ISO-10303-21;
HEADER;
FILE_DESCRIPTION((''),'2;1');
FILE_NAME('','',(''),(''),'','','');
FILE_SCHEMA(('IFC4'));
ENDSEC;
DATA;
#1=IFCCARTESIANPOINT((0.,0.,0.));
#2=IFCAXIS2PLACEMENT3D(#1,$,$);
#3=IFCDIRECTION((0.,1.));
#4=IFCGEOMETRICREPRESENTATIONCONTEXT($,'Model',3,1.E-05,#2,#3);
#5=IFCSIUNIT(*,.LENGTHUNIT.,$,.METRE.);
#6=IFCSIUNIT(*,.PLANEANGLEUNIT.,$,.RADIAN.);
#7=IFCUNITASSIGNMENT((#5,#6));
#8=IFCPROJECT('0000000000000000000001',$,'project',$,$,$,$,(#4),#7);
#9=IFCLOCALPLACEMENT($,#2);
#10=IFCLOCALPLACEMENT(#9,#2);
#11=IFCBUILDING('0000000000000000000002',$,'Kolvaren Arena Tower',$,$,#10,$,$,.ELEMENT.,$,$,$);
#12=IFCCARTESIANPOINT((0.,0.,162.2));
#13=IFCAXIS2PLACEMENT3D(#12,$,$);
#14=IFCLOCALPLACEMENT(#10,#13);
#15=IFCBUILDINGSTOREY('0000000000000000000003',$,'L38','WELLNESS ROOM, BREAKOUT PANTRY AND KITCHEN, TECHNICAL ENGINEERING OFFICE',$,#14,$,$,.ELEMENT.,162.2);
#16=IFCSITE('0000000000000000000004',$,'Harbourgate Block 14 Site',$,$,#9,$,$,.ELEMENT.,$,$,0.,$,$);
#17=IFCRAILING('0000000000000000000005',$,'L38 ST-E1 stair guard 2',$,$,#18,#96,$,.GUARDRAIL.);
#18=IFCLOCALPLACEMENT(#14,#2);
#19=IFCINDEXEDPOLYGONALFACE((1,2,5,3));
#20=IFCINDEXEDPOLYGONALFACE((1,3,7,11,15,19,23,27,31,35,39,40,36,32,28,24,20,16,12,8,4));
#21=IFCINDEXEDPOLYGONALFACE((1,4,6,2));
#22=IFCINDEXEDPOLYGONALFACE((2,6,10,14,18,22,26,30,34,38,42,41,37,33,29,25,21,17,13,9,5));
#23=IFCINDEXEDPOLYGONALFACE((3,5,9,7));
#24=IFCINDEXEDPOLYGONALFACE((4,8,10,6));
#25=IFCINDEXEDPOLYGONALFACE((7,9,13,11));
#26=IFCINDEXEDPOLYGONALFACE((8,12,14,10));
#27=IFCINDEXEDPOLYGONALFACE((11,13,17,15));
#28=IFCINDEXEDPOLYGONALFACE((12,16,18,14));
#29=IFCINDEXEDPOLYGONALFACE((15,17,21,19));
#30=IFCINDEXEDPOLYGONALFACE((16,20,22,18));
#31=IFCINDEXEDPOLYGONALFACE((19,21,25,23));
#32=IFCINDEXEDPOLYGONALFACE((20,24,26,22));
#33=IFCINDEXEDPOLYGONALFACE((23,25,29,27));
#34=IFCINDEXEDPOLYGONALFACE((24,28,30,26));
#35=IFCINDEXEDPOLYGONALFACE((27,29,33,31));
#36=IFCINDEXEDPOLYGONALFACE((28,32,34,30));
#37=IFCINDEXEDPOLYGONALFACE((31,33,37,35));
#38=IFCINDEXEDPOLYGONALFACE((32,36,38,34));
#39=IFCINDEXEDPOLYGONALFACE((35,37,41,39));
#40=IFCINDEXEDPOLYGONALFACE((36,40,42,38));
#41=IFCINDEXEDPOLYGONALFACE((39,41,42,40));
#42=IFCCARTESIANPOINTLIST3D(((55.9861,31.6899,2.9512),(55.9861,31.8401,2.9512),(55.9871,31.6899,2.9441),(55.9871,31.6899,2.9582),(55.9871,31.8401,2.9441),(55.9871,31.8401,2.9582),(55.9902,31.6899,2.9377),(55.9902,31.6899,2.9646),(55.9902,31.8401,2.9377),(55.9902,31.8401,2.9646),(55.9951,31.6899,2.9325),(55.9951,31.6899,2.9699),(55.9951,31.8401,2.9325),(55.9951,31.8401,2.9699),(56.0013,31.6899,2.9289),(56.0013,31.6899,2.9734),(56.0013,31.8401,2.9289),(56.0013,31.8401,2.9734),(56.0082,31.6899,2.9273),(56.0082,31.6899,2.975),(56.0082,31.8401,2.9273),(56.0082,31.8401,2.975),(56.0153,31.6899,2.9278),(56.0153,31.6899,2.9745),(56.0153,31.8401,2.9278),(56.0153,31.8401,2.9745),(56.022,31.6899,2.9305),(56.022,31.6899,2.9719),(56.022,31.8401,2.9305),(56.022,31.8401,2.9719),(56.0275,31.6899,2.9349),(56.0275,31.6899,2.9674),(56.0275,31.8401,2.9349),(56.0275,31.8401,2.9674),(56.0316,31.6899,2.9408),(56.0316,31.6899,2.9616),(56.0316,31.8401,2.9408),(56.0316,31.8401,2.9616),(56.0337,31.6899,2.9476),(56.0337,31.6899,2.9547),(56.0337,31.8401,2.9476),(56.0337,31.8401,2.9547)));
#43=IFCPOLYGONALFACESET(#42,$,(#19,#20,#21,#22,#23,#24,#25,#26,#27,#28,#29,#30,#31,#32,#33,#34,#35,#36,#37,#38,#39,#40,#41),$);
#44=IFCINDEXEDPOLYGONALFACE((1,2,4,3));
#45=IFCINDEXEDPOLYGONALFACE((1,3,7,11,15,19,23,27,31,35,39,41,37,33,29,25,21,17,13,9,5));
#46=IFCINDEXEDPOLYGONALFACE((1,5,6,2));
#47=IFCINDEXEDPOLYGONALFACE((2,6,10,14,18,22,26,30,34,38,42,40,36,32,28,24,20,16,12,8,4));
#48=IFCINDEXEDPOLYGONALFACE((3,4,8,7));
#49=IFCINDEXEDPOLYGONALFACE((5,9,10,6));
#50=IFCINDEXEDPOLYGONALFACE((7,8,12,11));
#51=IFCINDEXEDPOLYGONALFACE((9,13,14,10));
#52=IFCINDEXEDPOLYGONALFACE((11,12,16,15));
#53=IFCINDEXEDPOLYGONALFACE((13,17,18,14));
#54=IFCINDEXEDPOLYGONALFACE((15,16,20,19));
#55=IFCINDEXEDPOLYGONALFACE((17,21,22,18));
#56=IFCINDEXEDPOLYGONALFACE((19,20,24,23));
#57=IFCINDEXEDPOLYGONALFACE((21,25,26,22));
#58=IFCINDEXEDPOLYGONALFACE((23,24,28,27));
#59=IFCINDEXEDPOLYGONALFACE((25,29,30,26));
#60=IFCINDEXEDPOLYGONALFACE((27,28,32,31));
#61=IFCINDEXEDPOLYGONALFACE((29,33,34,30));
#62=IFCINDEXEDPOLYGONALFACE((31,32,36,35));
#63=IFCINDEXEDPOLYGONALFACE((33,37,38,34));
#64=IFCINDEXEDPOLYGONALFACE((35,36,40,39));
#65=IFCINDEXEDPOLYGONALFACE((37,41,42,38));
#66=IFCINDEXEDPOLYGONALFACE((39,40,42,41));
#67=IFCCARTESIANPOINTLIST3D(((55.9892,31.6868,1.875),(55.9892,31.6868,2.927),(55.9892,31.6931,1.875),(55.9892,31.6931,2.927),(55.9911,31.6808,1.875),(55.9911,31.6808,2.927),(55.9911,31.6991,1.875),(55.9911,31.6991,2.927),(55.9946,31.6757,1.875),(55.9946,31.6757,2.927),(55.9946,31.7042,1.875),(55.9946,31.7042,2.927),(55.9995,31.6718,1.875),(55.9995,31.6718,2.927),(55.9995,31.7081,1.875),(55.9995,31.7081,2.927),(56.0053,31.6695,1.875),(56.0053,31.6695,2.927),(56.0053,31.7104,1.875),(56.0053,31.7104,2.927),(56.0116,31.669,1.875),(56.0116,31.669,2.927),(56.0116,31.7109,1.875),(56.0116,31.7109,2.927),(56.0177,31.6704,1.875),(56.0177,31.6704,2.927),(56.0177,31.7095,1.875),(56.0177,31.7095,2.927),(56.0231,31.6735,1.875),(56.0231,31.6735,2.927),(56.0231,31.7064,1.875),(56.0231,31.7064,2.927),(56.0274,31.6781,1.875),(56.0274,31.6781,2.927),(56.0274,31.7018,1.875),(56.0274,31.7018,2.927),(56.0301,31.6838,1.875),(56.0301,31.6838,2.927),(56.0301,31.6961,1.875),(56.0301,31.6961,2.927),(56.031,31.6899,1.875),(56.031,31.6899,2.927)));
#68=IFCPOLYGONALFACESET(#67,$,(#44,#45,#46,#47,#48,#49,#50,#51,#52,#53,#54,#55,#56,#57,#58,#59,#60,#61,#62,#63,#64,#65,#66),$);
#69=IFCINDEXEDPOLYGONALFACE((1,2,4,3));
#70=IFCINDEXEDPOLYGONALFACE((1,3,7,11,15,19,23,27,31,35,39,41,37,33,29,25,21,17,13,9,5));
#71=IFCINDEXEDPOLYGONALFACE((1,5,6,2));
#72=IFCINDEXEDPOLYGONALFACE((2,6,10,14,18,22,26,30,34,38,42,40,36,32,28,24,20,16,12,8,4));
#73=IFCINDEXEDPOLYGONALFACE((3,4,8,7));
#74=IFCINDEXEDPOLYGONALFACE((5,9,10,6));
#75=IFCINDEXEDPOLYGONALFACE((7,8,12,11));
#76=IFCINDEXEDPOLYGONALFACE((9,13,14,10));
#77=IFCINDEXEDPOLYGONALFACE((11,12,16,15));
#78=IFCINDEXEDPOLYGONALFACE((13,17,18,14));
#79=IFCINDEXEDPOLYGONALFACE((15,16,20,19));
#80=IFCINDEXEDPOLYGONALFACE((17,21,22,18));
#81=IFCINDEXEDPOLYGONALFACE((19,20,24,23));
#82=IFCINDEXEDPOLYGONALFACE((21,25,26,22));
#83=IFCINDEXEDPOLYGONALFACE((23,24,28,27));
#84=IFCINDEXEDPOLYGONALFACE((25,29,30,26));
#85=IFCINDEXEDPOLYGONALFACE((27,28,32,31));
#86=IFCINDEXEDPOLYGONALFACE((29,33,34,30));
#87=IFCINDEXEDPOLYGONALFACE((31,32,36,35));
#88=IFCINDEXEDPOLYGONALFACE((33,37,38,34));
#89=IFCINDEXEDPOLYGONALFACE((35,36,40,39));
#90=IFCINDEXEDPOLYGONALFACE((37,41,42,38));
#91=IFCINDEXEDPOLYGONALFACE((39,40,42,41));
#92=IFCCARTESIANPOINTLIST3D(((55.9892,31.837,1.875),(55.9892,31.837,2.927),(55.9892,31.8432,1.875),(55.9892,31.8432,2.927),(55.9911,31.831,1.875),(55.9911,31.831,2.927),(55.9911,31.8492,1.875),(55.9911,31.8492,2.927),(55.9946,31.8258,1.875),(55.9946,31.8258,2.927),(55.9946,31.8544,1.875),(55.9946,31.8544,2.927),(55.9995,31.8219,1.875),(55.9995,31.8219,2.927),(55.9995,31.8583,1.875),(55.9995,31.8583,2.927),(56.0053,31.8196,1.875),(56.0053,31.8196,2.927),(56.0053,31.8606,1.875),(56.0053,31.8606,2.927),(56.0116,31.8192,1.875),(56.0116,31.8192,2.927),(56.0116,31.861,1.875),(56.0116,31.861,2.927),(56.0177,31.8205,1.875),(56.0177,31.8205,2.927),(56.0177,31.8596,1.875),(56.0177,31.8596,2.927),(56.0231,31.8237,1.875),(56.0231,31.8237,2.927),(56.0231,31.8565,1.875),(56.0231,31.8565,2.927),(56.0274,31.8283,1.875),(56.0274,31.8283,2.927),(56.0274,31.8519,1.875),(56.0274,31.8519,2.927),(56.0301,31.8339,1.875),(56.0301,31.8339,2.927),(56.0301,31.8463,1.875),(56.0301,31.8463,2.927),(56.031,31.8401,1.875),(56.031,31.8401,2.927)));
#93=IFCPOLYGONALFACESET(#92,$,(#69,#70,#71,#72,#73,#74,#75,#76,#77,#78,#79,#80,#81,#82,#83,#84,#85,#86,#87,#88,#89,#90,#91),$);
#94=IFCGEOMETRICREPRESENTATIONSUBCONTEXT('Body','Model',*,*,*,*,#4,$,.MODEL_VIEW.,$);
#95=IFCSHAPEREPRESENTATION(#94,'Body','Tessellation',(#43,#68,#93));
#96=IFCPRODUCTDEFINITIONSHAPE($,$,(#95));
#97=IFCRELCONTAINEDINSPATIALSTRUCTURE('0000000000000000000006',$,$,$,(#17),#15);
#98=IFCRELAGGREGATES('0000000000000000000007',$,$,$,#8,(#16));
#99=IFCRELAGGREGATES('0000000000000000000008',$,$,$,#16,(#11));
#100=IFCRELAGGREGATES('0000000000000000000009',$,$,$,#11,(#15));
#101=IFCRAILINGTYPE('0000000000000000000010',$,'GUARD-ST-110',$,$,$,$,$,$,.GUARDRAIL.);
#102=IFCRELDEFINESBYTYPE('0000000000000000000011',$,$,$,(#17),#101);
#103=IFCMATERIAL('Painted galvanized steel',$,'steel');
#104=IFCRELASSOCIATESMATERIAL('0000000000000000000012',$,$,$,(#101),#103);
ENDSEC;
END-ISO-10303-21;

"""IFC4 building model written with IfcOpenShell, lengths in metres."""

from ifc_helpers import new_model, si_unit, direction, frame, origin, origin_2d, place, context, subcontext, project, spatial, circle, extrude, material, type_object, element, save


model = new_model("IFC4")

# Units and contexts
model_context = context("Model", 3, precision=1e-05, world=origin(), true_north=direction((0.0, 1.0)))
body_context = subcontext(model_context, "Body", "Model", "MODEL_VIEW")
ifc_project = project(units=[si_unit("LENGTHUNIT", "METRE"), si_unit("PLANEANGLEUNIT", "RADIAN")], contexts=[model_context])

# Site, building, storey
site_placement = place(None, origin())
site = spatial("IfcSite", under=ifc_project, at=site_placement, Name="Harbourgate Block 14 Site", CompositionType="ELEMENT", RefElevation=0.0)
building_placement = place(site_placement, origin())
building = spatial("IfcBuilding", under=site, at=building_placement, Name="Kolvaren Arena Tower", CompositionType="ELEMENT")
storey_placement = place(building_placement, frame((0.0, 0.0, 162.2)))
storey = spatial("IfcBuildingStorey", under=building, at=storey_placement, Name="L38", Description="WELLNESS ROOM, BREAKOUT PANTRY AND KITCHEN, TECHNICAL ENGINEERING OFFICE", CompositionType="ELEMENT", Elevation=162.2)

# Railing
ifc_material_1 = material(Name="Painted galvanized steel", Category="steel")
railing_type_1 = type_object("IfcRailingType", Name="GUARD-ST-110", PredefinedType="GUARDRAIL", material=ifc_material_1)
railing_1_placement = place(storey_placement, frame((56.01, 31.6899, 1.875)))
element("IfcRailing", 1, at=railing_1_placement, inside=storey, type_object=railing_type_1, Name="L38 ST-E1 stair guard 2", PredefinedType="GUARDRAIL", context=body_context, shape_type="SweptSolid", body=[
    extrude(circle(Radius=0.0239, at=origin_2d()), frame((0.0, 0.0, 1.0762), z_axis=(0.0, 1.0, 0.0), x_axis=(-1.0, 0.0, 0.0)), (0.0, 0.0, 1.0), 0.1501),
    extrude(circle(Radius=0.021, at=origin_2d()), origin(), (0.0, 0.0, 1.0), 1.052),
    extrude(circle(Radius=0.021, at=origin_2d()), frame((0.0, 0.1501, 0.0)), (0.0, 0.0, 1.0), 1.052),
])

save(model, "model.ifc")
